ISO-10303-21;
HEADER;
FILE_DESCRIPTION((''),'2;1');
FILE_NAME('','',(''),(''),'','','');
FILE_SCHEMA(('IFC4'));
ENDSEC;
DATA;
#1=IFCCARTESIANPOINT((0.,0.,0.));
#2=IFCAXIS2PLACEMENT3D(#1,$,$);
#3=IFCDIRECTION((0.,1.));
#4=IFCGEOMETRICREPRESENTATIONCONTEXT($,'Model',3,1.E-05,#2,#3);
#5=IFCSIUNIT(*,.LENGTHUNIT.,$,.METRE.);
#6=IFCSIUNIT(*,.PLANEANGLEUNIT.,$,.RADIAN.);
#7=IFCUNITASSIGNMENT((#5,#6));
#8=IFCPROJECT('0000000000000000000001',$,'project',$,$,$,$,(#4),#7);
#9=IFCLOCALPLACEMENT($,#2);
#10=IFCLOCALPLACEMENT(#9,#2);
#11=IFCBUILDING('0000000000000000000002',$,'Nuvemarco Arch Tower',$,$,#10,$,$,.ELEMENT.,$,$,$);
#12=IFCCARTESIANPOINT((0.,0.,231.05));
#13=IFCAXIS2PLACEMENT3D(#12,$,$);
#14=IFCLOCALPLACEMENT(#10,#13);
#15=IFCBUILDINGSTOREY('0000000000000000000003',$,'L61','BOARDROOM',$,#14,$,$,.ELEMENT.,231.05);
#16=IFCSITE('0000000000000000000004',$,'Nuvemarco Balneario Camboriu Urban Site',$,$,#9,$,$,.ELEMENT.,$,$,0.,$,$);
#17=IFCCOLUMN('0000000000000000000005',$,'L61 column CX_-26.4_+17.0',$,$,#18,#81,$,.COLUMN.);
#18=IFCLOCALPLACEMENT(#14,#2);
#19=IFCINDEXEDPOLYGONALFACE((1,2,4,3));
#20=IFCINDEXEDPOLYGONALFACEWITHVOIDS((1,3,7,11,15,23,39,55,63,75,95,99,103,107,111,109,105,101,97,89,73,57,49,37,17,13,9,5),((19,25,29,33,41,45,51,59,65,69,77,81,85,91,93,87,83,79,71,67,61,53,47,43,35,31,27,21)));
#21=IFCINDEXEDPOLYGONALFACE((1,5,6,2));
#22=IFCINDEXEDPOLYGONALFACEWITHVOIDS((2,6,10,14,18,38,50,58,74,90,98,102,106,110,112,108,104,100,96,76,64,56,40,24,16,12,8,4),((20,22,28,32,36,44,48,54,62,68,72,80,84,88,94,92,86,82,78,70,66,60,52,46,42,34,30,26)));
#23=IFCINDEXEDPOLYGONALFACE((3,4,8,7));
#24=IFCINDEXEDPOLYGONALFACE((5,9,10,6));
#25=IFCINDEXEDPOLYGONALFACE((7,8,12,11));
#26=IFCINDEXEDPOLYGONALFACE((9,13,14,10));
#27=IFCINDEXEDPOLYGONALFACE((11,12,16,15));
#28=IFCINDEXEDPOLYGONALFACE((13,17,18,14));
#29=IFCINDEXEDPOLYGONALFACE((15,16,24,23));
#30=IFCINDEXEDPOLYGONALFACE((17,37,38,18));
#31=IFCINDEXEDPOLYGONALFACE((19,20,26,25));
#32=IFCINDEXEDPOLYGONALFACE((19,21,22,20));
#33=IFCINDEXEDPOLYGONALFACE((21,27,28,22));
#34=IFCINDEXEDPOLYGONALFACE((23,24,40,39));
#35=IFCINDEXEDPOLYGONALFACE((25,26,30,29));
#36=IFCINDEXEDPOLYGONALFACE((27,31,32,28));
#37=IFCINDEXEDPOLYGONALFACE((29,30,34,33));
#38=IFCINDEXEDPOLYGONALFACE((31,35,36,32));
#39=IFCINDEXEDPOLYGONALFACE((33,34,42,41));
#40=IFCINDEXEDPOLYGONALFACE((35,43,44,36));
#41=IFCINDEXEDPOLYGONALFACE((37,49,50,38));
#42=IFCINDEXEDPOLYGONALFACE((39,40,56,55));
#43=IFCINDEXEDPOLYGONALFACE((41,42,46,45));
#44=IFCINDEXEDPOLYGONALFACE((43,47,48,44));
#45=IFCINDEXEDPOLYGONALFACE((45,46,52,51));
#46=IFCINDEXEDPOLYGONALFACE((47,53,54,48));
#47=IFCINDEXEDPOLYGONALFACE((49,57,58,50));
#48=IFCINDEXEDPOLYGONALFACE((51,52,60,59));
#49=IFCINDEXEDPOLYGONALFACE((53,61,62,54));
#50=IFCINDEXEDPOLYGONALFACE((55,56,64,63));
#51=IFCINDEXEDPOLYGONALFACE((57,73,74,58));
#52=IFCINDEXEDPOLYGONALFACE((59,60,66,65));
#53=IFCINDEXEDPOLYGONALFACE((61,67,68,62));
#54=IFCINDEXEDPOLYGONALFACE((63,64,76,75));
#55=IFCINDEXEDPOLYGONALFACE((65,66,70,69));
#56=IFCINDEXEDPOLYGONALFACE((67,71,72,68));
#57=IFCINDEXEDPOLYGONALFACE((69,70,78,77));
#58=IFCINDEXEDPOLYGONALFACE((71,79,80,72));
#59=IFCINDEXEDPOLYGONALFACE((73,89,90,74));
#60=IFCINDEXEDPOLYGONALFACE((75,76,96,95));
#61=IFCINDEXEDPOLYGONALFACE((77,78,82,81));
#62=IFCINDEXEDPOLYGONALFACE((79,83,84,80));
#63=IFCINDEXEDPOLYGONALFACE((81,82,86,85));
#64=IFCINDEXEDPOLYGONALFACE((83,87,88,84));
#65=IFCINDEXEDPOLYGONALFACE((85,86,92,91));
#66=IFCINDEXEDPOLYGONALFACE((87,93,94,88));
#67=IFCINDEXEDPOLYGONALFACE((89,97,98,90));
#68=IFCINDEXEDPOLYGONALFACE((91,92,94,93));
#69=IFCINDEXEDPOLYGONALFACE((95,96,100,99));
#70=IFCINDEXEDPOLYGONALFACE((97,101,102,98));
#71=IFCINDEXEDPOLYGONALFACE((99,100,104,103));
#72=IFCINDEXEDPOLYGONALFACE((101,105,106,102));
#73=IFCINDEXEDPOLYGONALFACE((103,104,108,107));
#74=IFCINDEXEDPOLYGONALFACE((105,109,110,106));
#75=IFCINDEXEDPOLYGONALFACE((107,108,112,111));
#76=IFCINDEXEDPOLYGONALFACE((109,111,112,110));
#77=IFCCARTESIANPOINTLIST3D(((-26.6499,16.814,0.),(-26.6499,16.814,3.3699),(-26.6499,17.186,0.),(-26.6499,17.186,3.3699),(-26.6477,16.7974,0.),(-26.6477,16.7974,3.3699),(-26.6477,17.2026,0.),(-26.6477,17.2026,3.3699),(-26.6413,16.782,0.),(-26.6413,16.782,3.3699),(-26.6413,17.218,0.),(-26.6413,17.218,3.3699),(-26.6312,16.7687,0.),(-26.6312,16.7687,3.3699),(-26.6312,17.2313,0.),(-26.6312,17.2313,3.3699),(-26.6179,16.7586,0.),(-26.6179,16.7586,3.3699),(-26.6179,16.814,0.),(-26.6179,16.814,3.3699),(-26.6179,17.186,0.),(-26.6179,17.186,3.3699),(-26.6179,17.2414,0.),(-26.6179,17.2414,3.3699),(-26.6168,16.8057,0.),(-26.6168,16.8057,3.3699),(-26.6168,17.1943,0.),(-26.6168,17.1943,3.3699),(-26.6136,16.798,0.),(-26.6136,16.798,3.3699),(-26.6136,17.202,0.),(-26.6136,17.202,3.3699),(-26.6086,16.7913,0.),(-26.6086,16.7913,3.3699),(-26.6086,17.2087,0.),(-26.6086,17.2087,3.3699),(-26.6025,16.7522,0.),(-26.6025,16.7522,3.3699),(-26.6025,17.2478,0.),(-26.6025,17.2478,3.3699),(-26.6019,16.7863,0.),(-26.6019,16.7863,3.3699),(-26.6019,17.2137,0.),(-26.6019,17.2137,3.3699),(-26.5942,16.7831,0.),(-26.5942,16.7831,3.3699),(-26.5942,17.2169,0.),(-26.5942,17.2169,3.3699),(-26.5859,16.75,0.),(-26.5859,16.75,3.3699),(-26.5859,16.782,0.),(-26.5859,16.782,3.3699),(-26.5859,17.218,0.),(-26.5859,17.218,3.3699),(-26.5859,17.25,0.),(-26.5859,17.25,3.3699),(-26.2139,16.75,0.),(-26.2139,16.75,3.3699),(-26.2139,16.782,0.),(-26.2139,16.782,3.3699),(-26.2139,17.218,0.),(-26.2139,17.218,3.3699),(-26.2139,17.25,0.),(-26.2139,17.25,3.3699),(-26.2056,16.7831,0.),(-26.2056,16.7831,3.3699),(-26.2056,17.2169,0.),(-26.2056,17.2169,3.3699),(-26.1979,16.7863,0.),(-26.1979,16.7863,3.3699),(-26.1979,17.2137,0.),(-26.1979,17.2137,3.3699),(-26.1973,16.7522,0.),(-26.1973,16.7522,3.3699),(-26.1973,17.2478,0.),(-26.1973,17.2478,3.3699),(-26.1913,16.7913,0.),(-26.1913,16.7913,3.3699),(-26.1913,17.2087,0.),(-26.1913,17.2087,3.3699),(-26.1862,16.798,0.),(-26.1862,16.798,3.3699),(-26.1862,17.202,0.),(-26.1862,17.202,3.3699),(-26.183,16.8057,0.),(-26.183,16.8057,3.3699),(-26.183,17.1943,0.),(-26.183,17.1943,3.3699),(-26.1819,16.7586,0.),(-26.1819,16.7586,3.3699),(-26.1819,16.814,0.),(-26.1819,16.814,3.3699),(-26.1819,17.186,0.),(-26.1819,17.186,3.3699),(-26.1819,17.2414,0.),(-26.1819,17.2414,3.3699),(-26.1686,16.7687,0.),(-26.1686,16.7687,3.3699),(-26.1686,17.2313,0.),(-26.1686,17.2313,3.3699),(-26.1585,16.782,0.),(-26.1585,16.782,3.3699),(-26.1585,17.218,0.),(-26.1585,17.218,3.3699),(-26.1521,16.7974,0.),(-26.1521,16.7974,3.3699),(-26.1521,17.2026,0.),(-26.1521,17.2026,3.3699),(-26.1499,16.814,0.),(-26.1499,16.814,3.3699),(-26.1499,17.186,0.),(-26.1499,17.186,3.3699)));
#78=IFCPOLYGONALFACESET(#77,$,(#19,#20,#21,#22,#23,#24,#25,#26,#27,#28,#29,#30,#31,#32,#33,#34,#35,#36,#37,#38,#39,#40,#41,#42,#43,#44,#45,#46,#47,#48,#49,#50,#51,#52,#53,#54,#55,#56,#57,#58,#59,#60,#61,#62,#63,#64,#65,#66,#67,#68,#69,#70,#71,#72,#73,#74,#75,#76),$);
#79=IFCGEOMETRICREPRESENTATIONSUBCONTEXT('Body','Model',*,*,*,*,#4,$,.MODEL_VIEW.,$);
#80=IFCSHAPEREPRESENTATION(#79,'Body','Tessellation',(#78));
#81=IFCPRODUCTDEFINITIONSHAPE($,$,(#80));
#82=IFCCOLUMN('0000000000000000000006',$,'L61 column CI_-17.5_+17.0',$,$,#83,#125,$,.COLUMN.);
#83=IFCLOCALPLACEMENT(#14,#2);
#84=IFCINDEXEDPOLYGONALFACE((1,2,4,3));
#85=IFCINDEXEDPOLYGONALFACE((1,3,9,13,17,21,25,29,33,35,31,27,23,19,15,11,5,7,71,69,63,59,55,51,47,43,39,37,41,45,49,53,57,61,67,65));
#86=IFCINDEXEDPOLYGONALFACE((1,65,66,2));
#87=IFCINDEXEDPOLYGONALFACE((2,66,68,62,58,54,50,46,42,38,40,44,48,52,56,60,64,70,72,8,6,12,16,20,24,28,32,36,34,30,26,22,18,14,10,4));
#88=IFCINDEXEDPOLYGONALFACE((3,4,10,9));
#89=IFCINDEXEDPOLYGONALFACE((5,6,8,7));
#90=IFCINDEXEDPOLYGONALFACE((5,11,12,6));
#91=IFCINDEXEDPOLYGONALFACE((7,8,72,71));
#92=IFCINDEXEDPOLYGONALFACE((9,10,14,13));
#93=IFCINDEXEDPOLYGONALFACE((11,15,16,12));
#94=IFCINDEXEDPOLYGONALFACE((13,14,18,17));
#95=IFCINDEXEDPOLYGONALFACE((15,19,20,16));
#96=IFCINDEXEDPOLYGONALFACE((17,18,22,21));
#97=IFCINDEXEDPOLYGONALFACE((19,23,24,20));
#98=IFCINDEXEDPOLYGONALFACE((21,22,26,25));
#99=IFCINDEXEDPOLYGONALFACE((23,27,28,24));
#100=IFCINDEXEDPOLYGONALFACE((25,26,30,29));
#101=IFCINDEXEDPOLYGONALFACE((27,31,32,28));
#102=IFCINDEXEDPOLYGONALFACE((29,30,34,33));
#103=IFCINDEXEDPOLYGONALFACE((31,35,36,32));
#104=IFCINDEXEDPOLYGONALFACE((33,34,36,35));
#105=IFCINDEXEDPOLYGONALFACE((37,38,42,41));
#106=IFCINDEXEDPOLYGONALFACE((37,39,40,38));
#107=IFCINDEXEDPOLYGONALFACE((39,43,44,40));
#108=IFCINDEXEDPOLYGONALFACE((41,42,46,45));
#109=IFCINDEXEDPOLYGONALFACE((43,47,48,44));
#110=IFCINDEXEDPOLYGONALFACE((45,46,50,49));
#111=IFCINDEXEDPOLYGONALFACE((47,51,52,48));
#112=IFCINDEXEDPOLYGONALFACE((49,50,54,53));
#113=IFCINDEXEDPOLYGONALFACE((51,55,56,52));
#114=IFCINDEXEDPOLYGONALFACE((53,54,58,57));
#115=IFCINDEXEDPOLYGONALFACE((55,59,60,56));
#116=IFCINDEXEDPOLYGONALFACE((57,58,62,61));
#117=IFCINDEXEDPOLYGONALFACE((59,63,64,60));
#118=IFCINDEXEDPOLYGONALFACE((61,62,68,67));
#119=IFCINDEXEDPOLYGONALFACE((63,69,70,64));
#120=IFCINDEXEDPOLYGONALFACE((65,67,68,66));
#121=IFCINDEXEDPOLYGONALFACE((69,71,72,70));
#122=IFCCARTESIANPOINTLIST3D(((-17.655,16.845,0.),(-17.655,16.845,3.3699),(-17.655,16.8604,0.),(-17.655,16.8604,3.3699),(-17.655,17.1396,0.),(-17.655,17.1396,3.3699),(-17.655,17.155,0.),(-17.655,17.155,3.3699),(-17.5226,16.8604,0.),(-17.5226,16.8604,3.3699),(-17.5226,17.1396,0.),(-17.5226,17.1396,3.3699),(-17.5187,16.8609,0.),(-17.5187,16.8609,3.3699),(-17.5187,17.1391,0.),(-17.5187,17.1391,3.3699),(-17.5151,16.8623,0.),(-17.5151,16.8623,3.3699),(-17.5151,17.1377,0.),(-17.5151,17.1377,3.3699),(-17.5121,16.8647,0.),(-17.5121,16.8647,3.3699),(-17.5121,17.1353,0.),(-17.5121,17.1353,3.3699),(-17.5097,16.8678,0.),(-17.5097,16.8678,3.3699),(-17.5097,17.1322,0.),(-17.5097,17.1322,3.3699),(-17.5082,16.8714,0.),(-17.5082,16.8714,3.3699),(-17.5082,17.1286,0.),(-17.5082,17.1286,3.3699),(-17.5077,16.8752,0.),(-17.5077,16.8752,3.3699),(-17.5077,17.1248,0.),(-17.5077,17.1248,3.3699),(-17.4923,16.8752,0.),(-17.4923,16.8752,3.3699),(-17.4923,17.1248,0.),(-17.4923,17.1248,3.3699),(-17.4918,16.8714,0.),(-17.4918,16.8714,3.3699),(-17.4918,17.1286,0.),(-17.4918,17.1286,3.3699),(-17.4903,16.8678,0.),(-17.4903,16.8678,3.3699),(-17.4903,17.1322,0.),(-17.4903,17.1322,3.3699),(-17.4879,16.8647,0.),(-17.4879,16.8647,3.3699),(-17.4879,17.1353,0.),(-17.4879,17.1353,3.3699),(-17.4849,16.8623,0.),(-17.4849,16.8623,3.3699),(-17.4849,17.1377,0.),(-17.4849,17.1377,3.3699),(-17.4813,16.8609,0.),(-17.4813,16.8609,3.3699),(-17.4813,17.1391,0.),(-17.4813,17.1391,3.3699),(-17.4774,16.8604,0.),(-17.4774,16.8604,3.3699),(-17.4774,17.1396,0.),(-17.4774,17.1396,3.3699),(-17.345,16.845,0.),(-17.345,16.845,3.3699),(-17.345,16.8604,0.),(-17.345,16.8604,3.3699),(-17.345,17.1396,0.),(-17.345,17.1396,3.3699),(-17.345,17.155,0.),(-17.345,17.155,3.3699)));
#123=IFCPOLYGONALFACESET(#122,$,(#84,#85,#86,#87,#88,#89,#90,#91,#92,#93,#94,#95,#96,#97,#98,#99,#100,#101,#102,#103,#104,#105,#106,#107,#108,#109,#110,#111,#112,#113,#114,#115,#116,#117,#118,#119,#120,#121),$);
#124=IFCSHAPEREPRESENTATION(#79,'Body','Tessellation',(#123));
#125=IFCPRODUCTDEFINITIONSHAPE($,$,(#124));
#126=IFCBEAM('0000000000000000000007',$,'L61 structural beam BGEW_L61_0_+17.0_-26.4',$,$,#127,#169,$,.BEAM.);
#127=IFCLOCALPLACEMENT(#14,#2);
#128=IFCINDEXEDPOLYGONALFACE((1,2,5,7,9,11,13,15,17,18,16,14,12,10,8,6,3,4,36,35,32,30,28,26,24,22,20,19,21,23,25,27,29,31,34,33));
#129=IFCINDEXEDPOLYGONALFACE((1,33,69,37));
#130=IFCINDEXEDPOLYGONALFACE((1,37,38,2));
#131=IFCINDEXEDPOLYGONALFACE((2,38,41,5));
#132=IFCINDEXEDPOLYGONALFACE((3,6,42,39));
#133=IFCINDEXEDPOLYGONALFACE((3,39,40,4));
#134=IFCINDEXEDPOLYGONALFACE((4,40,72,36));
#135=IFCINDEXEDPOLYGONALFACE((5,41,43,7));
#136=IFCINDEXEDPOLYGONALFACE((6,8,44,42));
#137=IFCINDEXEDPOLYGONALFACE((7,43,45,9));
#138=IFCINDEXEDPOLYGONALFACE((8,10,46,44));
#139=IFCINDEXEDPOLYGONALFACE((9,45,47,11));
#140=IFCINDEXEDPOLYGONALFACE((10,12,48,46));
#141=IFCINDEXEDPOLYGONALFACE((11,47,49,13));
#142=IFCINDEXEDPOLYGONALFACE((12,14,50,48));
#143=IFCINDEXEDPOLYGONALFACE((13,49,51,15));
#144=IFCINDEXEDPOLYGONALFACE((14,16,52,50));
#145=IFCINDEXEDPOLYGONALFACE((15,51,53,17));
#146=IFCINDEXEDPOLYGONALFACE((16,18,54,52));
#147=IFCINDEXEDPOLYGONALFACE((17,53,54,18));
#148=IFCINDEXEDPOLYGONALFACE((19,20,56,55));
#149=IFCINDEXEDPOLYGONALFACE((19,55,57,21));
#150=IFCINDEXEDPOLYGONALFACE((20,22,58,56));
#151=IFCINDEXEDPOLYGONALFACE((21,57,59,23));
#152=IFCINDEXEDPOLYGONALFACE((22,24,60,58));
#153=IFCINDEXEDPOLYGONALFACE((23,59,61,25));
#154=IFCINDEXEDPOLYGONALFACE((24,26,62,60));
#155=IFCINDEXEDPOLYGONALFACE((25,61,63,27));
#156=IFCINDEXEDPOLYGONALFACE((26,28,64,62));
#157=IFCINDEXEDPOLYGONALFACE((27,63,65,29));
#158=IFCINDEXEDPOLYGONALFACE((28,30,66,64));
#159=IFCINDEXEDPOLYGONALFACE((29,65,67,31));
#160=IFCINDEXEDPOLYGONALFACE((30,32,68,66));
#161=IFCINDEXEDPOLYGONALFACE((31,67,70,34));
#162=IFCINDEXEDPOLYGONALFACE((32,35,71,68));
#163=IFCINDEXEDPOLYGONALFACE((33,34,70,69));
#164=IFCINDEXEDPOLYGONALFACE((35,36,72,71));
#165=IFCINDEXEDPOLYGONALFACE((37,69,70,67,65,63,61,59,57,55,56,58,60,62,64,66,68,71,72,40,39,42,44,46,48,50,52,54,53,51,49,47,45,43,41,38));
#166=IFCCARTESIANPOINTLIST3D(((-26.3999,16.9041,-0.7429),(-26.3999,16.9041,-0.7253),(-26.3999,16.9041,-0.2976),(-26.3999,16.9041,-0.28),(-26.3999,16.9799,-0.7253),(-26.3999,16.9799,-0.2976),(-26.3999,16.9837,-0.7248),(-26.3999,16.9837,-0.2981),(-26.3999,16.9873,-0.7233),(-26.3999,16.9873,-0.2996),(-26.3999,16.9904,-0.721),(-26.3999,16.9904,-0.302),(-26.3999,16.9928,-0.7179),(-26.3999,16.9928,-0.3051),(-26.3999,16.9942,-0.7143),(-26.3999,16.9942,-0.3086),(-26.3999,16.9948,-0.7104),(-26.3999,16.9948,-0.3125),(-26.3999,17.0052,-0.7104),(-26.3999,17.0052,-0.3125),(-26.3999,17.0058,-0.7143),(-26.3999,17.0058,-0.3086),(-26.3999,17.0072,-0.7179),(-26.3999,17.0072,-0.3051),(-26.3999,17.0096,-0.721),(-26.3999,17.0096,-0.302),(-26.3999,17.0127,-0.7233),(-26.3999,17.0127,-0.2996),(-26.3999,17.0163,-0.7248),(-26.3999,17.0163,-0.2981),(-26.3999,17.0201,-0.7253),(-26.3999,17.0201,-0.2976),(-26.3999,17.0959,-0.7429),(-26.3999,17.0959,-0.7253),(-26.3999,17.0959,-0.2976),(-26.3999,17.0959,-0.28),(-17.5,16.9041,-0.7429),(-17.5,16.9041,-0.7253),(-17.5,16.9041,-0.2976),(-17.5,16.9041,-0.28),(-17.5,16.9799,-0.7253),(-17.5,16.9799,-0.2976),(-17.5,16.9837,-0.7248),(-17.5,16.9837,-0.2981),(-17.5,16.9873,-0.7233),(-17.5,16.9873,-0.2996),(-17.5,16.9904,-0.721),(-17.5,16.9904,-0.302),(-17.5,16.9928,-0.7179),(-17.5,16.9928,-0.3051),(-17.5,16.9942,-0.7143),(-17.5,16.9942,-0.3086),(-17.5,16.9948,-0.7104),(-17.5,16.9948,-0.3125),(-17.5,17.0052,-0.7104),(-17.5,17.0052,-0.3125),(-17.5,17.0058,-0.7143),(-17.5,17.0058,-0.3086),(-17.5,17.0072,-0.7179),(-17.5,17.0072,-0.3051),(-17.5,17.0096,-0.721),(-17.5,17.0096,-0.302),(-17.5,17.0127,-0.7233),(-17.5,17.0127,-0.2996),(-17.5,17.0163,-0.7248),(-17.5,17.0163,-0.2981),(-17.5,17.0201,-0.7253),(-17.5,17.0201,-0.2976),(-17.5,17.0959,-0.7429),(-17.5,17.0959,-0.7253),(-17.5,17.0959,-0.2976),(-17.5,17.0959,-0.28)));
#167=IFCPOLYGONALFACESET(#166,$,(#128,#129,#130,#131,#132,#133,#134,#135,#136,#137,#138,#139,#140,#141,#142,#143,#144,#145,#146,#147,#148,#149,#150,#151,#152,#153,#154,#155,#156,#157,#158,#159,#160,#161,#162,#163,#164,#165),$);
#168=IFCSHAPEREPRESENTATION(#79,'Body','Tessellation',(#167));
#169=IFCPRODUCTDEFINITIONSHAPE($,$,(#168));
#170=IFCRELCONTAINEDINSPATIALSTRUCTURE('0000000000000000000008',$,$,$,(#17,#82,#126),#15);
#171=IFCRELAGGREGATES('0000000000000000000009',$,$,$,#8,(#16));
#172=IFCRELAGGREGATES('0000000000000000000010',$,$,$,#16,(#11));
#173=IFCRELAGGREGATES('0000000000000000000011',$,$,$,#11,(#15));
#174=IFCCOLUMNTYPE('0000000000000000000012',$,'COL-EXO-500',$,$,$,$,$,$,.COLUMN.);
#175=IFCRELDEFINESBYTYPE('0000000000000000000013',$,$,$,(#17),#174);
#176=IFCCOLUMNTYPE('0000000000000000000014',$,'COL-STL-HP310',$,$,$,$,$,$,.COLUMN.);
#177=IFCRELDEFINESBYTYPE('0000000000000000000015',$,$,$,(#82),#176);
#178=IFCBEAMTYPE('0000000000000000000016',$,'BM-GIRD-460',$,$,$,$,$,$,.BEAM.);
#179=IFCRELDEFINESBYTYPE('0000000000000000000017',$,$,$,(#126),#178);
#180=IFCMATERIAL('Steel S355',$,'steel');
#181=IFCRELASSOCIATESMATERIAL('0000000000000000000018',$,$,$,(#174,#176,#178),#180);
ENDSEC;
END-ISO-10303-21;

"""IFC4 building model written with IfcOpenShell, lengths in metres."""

from ifc_helpers import new_model, si_unit, direction, frame, origin, origin_2d, place, context, subcontext, project, spatial, hollow_rectangle, i_section, extrude, material, material_profile, profile_set, type_object, element, save


model = new_model("IFC4")

# Units and contexts
model_context = context("Model", 3, precision=1e-05, world=origin(), true_north=direction((0.0, 1.0)))
body_context = subcontext(model_context, "Body", "Model", "MODEL_VIEW")
ifc_project = project(units=[si_unit("LENGTHUNIT", "METRE"), si_unit("PLANEANGLEUNIT", "RADIAN")], contexts=[model_context])

# Site, building, storey
site_placement = place(None, origin())
site = spatial("IfcSite", under=ifc_project, at=site_placement, Name="Nuvemarco Balneario Camboriu Urban Site", CompositionType="ELEMENT", RefElevation=0.0)
building_placement = place(site_placement, origin())
building = spatial("IfcBuilding", under=site, at=building_placement, Name="Nuvemarco Arch Tower", CompositionType="ELEMENT")
storey_placement = place(building_placement, frame((0.0, 0.0, 231.05)))
storey = spatial("IfcBuildingStorey", under=building, at=storey_placement, Name="L61", Description="BOARDROOM", CompositionType="ELEMENT", Elevation=231.05)

# Columns
ifc_material_1 = material(Name="Steel S355", Category="steel")
ifc_material_profile_1 = material_profile(ifc_material_1, hollow_rectangle(XDim=0.5, YDim=0.5, WallThickness=0.032, InnerFilletRadius=0.032, OuterFilletRadius=0.064, at=origin_2d()), Name="SHS500x500x32")
ifc_profile_set_1 = profile_set([ifc_material_profile_1], Name="Steel S355")
column_type_1 = type_object("IfcColumnType", Name="COL-EXO-500", PredefinedType="COLUMN", material=ifc_profile_set_1)
column_1_placement = place(storey_placement, frame((-26.3999, 17.0, 0.0), z_axis=(0.0, 0.0, 1.0), x_axis=(1.0, 0.0, 0.0)))
element("IfcColumn", 1, at=column_1_placement, inside=storey, type_object=column_type_1, Name="L61 column CX_-26.4_+17.0", PredefinedType="COLUMN", context=body_context, shape_type="SweptSolid", body=[
    extrude(hollow_rectangle(XDim=0.5, YDim=0.5, WallThickness=0.032, InnerFilletRadius=0.032, OuterFilletRadius=0.064, at=origin_2d()), origin(), (0.0, 0.0, 1.0), 3.3699),
])
ifc_material_profile_2 = material_profile(ifc_material_1, i_section(OverallWidth=0.3101, OverallDepth=0.3101, WebThickness=0.0154, FlangeThickness=0.0154, FilletRadius=0.0149, at=origin_2d()), Name="HP310x110")
ifc_profile_set_2 = profile_set([ifc_material_profile_2], Name="Steel S355")
column_type_2 = type_object("IfcColumnType", Name="COL-STL-HP310", PredefinedType="COLUMN", material=ifc_profile_set_2)
column_2_placement = place(storey_placement, frame((-17.5, 17.0, 0.0), z_axis=(0.0, 0.0, 1.0), x_axis=(1.0, 0.0, 0.0)))
element("IfcColumn", 2, at=column_2_placement, inside=storey, type_object=column_type_2, Name="L61 column CI_-17.5_+17.0", PredefinedType="COLUMN", context=body_context, shape_type="SweptSolid", body=[
    extrude(i_section(OverallWidth=0.3101, OverallDepth=0.3101, WebThickness=0.0154, FlangeThickness=0.0154, FilletRadius=0.0149, at=origin_2d()), origin(), (0.0, 0.0, 1.0), 3.3699),
])

# Beam
ifc_material_profile_3 = material_profile(ifc_material_1, i_section(OverallWidth=0.1919, OverallDepth=0.4629, WebThickness=0.0105, FlangeThickness=0.0176, FilletRadius=0.0149, at=origin_2d()), Name="W460x89")
ifc_profile_set_3 = profile_set([ifc_material_profile_3], Name="Steel S355")
beam_type_1 = type_object("IfcBeamType", Name="BM-GIRD-460", PredefinedType="BEAM", material=ifc_profile_set_3)
beam_1_placement = place(storey_placement, frame((-26.3999, 17.0, -0.5115), z_axis=(1.0, 0.0, 0.0), x_axis=(0.0, 1.0, 0.0)))
element("IfcBeam", 3, at=beam_1_placement, inside=storey, type_object=beam_type_1, Name="L61 structural beam BGEW_L61_0_+17.0_-26.4", PredefinedType="BEAM", context=body_context, shape_type="SweptSolid", body=[
    extrude(i_section(OverallWidth=0.1919, OverallDepth=0.4629, WebThickness=0.0105, FlangeThickness=0.0176, FilletRadius=0.0149, at=origin_2d()), origin(), (0.0, 0.0, 1.0), 8.8999),
])

save(model, "model.ifc")
